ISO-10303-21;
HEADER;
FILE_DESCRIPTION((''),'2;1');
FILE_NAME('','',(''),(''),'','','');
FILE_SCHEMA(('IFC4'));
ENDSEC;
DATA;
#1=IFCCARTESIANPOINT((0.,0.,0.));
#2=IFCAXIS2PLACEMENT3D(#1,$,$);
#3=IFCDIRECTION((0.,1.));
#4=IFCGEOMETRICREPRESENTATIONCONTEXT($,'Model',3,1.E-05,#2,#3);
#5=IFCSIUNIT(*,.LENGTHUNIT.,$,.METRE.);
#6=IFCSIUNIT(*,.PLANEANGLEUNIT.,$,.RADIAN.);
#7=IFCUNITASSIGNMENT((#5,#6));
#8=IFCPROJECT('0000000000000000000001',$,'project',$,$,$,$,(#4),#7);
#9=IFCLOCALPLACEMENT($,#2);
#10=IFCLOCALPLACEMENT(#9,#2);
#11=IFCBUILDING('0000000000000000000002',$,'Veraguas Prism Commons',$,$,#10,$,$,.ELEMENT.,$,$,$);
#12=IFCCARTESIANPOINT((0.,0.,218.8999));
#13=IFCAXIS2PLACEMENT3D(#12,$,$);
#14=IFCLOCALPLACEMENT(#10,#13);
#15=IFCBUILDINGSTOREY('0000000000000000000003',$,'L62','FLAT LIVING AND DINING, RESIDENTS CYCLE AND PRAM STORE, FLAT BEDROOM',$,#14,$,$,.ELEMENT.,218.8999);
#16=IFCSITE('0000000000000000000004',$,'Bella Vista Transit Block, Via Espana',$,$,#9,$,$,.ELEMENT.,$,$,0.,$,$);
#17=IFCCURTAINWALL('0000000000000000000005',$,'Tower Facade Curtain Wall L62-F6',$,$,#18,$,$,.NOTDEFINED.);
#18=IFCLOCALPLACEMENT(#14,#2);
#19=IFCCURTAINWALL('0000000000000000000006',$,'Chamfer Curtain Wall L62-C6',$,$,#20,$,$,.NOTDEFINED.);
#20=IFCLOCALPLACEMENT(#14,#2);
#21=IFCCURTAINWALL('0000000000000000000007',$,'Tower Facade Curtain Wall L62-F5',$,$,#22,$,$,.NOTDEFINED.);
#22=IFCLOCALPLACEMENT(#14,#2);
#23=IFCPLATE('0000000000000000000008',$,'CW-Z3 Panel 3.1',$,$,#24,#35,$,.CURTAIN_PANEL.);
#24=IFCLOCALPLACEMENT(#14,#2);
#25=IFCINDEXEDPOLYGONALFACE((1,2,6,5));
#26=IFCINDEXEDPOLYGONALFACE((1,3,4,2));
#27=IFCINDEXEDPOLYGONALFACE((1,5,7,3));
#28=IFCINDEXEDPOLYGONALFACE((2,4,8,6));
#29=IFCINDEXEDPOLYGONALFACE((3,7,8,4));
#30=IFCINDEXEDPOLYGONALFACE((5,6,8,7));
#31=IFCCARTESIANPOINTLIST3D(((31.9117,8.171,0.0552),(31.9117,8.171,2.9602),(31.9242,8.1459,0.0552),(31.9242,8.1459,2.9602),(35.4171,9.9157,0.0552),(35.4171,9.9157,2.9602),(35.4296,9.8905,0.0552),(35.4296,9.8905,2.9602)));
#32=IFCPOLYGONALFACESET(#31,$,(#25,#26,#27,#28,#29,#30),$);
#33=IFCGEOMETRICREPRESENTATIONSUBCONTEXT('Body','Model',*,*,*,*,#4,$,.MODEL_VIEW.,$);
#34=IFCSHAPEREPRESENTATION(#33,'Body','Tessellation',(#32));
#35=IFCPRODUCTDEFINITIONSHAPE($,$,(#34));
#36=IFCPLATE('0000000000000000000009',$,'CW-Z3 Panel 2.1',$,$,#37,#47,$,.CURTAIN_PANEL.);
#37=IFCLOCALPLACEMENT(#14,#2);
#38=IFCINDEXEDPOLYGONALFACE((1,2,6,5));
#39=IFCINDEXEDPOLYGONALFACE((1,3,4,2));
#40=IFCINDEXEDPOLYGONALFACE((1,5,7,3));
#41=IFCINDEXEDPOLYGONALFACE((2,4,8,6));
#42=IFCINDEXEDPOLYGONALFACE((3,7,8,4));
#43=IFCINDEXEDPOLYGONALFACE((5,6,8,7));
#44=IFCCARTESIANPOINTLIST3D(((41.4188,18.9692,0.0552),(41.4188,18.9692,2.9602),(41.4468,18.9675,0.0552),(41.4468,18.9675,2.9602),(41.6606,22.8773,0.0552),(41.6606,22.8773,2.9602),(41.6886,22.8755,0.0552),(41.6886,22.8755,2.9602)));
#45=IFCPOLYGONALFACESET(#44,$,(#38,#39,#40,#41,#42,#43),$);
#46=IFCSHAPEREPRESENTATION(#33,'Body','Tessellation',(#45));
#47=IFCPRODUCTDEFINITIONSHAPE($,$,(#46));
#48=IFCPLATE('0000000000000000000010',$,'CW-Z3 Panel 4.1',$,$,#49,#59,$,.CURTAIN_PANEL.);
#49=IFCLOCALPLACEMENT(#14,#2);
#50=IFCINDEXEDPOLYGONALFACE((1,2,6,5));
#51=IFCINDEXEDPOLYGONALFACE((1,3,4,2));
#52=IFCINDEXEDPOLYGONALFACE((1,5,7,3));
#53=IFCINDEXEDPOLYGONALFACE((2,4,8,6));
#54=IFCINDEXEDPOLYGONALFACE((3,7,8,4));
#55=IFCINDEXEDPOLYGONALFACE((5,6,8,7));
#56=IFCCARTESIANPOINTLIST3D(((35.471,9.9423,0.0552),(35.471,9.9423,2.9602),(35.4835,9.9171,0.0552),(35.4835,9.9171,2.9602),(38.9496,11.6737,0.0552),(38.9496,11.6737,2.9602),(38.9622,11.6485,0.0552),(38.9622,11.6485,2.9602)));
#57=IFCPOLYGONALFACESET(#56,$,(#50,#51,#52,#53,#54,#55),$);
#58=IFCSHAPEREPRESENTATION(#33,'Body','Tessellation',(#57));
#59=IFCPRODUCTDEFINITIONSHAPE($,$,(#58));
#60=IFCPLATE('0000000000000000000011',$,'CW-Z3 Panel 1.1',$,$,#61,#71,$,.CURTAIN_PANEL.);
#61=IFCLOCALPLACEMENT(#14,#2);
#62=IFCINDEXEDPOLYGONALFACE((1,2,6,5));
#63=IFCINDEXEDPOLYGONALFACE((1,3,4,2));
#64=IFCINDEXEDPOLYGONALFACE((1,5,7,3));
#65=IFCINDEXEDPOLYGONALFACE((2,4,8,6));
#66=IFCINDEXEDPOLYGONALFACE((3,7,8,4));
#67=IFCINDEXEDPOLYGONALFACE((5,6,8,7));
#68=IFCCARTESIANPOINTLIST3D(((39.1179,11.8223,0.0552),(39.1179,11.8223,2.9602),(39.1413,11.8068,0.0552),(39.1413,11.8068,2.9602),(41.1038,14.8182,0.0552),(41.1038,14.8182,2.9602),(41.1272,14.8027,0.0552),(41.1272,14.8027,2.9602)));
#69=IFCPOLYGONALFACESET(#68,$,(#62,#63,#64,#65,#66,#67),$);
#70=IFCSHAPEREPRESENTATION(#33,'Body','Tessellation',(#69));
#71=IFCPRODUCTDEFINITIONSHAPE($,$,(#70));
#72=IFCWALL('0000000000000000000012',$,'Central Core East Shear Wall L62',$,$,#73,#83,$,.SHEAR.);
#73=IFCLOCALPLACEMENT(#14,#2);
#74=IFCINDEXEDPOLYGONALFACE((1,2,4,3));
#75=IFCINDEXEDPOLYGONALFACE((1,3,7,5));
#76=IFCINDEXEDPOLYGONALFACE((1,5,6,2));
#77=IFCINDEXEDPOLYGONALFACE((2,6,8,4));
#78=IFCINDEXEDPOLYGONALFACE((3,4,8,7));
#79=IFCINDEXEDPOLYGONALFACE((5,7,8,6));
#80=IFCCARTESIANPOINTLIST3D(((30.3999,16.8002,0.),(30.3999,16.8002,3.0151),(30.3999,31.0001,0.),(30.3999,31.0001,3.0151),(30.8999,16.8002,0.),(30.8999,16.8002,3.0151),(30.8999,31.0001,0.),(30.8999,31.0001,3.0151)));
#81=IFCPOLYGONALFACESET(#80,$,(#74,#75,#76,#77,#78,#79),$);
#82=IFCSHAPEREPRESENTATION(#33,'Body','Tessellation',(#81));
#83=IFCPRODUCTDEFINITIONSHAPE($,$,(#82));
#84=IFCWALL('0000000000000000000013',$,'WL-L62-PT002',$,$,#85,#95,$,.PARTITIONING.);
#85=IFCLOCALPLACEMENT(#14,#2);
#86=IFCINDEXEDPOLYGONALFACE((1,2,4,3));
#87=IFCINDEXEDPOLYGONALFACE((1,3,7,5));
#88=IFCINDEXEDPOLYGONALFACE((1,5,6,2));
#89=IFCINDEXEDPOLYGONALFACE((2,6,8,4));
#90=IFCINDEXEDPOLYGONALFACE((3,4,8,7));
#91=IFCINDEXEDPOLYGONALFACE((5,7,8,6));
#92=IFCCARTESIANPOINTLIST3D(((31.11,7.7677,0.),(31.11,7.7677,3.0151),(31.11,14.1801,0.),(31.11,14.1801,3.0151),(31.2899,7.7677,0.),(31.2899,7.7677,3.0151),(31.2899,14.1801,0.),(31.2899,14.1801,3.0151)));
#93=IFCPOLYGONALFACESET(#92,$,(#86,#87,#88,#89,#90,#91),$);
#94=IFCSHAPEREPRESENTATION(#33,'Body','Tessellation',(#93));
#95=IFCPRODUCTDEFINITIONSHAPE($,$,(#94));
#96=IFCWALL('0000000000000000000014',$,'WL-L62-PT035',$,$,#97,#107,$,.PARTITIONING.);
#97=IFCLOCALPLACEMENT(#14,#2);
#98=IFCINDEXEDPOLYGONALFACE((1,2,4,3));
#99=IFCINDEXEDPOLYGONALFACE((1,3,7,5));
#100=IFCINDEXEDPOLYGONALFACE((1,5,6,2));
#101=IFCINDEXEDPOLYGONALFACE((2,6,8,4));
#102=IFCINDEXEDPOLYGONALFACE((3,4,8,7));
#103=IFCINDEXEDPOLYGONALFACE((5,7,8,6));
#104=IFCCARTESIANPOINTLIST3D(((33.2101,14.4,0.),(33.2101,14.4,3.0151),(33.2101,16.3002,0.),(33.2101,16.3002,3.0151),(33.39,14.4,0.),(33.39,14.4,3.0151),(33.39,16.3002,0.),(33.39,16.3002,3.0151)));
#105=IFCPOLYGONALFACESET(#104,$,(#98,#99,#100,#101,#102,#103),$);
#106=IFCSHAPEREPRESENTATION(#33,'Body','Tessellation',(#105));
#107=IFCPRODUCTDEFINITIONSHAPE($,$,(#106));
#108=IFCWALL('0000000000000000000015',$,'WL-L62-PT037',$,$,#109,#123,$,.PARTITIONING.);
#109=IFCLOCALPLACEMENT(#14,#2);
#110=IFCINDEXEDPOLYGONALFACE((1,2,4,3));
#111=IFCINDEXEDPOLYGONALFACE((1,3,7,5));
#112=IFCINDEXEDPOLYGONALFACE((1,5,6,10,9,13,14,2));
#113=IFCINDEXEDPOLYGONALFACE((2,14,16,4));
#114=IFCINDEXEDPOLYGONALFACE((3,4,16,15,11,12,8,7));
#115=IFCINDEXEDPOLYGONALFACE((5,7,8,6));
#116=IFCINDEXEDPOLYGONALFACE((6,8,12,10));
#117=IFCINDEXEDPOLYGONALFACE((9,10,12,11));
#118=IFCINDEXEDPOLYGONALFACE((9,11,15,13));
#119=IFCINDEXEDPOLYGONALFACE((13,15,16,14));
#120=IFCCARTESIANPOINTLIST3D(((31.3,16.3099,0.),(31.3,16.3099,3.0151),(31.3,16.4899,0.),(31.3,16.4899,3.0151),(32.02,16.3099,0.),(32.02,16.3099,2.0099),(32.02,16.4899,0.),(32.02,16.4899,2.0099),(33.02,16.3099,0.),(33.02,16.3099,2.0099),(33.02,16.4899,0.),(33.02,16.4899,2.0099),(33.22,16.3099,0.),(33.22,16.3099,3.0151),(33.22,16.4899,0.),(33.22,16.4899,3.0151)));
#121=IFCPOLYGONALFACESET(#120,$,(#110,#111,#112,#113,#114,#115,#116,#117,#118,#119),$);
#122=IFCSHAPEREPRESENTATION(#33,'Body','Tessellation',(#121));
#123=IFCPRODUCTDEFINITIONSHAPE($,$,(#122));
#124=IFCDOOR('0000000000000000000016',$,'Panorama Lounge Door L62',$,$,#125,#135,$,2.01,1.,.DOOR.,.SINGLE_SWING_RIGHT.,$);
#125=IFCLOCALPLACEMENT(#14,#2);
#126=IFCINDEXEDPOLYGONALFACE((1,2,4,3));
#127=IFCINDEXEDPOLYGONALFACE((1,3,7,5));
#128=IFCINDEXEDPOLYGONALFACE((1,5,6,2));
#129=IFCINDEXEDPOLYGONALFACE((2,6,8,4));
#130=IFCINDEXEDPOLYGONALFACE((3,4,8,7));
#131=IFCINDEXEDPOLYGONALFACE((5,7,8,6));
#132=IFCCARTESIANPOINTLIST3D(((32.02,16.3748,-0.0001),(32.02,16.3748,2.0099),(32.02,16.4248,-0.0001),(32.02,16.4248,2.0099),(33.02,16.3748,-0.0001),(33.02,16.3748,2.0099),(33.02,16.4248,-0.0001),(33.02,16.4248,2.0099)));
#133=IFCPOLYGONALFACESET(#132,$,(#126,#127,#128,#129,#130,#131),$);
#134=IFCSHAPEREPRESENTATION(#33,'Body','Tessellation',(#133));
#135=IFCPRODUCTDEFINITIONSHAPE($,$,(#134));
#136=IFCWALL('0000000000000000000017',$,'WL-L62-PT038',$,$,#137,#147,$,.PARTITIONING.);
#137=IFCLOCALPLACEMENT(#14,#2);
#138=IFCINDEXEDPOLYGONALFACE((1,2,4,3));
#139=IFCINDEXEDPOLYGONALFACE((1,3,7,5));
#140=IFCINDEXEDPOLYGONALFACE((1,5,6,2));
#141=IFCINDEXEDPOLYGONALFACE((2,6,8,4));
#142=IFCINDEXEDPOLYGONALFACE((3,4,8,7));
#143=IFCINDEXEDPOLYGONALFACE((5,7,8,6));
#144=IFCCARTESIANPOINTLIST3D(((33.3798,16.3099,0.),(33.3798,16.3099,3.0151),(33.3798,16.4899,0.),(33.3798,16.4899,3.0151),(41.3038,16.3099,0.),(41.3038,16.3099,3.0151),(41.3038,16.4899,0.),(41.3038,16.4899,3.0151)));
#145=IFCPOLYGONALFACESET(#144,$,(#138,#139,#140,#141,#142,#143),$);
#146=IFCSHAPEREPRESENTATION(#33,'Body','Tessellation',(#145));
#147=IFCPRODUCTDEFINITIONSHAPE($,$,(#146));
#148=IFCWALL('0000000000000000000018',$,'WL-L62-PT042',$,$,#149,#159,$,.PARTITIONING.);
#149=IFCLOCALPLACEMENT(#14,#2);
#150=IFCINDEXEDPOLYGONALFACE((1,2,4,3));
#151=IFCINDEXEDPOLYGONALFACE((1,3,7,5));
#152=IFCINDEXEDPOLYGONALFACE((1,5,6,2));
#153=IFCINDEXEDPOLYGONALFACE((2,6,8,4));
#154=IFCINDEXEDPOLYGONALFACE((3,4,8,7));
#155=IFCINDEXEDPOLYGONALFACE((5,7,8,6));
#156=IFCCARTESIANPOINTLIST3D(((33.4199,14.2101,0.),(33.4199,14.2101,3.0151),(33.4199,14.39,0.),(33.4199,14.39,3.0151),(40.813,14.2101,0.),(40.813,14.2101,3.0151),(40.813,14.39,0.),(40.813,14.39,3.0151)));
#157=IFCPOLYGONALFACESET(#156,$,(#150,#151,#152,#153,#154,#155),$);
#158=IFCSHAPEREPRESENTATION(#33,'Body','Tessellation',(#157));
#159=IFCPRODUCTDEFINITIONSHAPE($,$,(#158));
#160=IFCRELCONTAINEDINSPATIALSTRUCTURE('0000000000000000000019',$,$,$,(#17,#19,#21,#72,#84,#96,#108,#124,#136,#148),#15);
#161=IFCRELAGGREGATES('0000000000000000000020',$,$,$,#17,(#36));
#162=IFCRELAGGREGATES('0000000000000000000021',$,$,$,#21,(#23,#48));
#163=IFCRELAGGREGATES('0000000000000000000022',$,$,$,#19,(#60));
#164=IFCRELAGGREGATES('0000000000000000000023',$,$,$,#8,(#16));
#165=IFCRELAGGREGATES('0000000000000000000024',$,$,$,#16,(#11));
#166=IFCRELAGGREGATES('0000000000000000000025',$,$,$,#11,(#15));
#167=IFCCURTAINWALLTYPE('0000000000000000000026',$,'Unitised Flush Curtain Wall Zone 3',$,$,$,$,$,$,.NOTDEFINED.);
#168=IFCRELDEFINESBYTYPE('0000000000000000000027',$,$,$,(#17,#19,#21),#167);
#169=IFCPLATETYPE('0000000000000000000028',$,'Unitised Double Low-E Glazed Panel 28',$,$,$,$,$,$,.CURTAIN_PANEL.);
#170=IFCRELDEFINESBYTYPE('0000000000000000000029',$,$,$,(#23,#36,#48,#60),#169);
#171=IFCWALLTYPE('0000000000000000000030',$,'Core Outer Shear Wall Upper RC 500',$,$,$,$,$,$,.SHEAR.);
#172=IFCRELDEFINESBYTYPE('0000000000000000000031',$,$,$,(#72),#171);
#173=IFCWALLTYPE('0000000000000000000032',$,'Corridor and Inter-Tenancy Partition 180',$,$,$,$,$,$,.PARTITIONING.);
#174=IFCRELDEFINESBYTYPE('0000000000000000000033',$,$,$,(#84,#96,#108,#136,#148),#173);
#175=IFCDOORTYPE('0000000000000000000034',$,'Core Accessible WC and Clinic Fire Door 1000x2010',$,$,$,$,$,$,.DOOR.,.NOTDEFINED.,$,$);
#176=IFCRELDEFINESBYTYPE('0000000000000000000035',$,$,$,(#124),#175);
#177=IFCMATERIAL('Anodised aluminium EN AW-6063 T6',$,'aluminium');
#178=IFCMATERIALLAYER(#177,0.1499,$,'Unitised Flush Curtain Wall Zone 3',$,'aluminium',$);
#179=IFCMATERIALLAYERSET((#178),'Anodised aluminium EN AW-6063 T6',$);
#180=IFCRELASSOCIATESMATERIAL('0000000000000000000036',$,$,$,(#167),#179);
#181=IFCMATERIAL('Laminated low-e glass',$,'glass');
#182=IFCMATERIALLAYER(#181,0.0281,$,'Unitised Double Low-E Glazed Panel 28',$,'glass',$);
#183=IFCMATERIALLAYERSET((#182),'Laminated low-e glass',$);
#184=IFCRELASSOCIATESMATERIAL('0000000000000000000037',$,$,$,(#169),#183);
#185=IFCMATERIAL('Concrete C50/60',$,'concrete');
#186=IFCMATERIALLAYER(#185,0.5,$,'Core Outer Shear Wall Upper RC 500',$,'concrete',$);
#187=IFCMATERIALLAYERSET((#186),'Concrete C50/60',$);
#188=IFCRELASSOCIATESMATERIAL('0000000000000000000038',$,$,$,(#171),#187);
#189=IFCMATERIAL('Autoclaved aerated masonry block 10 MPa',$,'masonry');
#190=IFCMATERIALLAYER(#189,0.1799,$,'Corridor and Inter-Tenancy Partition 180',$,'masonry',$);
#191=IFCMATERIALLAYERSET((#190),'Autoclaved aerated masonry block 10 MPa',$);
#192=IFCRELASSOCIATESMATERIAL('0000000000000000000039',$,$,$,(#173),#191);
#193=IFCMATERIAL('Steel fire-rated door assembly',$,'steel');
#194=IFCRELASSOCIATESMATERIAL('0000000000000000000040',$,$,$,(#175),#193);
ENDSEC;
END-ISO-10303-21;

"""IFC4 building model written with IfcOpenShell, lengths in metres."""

from ifc_helpers import new_model, si_unit, direction, frame, frame_2d, origin, origin_2d, place, context, subcontext, project, spatial, rectangle, extrude, source, transform, mapped, material, layer, layer_set, type_object, element, fill, aggregate, save


model = new_model("IFC4")

# Units and contexts
model_context = context("Model", 3, precision=1e-05, world=origin(), true_north=direction((0.0, 1.0)))
body_context = subcontext(model_context, "Body", "Model", "MODEL_VIEW")
ifc_project = project(units=[si_unit("LENGTHUNIT", "METRE"), si_unit("PLANEANGLEUNIT", "RADIAN")], contexts=[model_context])

# Site, building, storey
site_placement = place(None, origin())
site = spatial("IfcSite", under=ifc_project, at=site_placement, Name="Bella Vista Transit Block, Via Espana", CompositionType="ELEMENT", RefElevation=0.0)
building_placement = place(site_placement, origin())
building = spatial("IfcBuilding", under=site, at=building_placement, Name="Veraguas Prism Commons", CompositionType="ELEMENT")
storey_placement = place(building_placement, frame((0.0, 0.0, 218.8999)))
storey = spatial("IfcBuildingStorey", under=building, at=storey_placement, Name="L62", Description="FLAT LIVING AND DINING, RESIDENTS CYCLE AND PRAM STORE, FLAT BEDROOM", CompositionType="ELEMENT", Elevation=218.8999)

# Shared definitions
ifc_material_1 = material(Name="Concrete C50/60", Category="concrete")

# Curtain walls
ifc_material_2 = material(Name="Anodised aluminium EN AW-6063 T6", Category="aluminium")
ifc_layer_1 = layer(ifc_material_2, 0.1499, Name="Unitised Flush Curtain Wall Zone 3", Category="aluminium")
ifc_layer_set_1 = layer_set([ifc_layer_1], Name="Anodised aluminium EN AW-6063 T6")
curtain_wall_type = type_object("IfcCurtainWallType", Name="Unitised Flush Curtain Wall Zone 3", PredefinedType="NOTDEFINED", material=ifc_layer_set_1)
curtain_wall_1_placement = place(storey_placement, origin())
curtain_wall_1 = element("IfcCurtainWall", 1, at=curtain_wall_1_placement, inside=storey, type_object=curtain_wall_type, Name="Tower Facade Curtain Wall L62-F6", PredefinedType="NOTDEFINED")
curtain_wall_2_placement = place(storey_placement, origin())
curtain_wall_2 = element("IfcCurtainWall", 2, at=curtain_wall_2_placement, inside=storey, type_object=curtain_wall_type, Name="Chamfer Curtain Wall L62-C6", PredefinedType="NOTDEFINED")
curtain_wall_3_placement = place(storey_placement, origin())
curtain_wall_3 = element("IfcCurtainWall", 3, at=curtain_wall_3_placement, inside=storey, type_object=curtain_wall_type, Name="Tower Facade Curtain Wall L62-F5", PredefinedType="NOTDEFINED")

# Plates
ifc_material_3 = material(Name="Laminated low-e glass", Category="glass")
ifc_layer_2 = layer(ifc_material_3, 0.0281, Name="Unitised Double Low-E Glazed Panel 28", Category="glass")
ifc_layer_set_2 = layer_set([ifc_layer_2], Name="Laminated low-e glass")
plate_type = type_object("IfcPlateType", Name="Unitised Double Low-E Glazed Panel 28", PredefinedType="CURTAIN_PANEL", material=ifc_layer_set_2)
shared_shape_1 = source(origin(), body_context, "Body", "SweptSolid", [
    extrude(rectangle(XDim=3.9155, YDim=0.0281, at=origin_2d()), origin(), (0.0, 0.0, 1.0), 2.905),
])
plate_1_placement = place(storey_placement, frame((33.6707, 9.0308, 0.0552), z_axis=(0.0, 0.0, 1.0), x_axis=(0.895243, 0.445578, 0.0)))
plate_1 = element("IfcPlate", 4, at=plate_1_placement, type_object=plate_type, Name="CW-Z3 Panel 3.1", PredefinedType="CURTAIN_PANEL", context=body_context, shape_type="MappedRepresentation", body=[
    mapped(shared_shape_1, transform((0.0, 0.0, 0.0), scale=1.0)),
])
plate_2_placement = place(storey_placement, frame((41.5537, 20.9224, 0.0552), z_axis=(0.0, 0.0, 1.0), x_axis=(0.061745, 0.998092, 0.0)))
plate_2 = element("IfcPlate", 5, at=plate_2_placement, type_object=plate_type, Name="CW-Z3 Panel 2.1", PredefinedType="CURTAIN_PANEL", context=body_context, shape_type="MappedRepresentation", body=[
    mapped(shared_shape_1, transform((0.0, 0.0, 0.0), scale=1.0)),
])
aggregate(curtain_wall_1, [plate_2])
shared_shape_2 = source(origin(), body_context, "Body", "SweptSolid", [
    extrude(rectangle(XDim=3.8857, YDim=0.0281, at=origin_2d()), origin(), (0.0, 0.0, 1.0), 2.905),
])
plate_3_placement = place(storey_placement, frame((37.2166, 10.7954, 0.0552), z_axis=(0.0, 0.0, 1.0), x_axis=(0.895243, 0.445578, 0.0)))
plate_3 = element("IfcPlate", 6, at=plate_3_placement, type_object=plate_type, Name="CW-Z3 Panel 4.1", PredefinedType="CURTAIN_PANEL", context=body_context, shape_type="MappedRepresentation", body=[
    mapped(shared_shape_2, transform((0.0, 0.0, 0.0), scale=1.0)),
])
aggregate(curtain_wall_3, [plate_1, plate_3])
shared_shape_3 = source(origin(), body_context, "Body", "SweptSolid", [
    extrude(rectangle(XDim=3.5942, YDim=0.0281, at=origin_2d()), origin(), (0.0, 0.0, 1.0), 2.905),
])
plate_4_placement = place(storey_placement, frame((40.1226, 13.3125, 0.0552), z_axis=(0.0, 0.0, 1.0), x_axis=(0.552512, 0.833505, 0.0)))
plate_4 = element("IfcPlate", 7, at=plate_4_placement, type_object=plate_type, Name="CW-Z3 Panel 1.1", PredefinedType="CURTAIN_PANEL", context=body_context, shape_type="MappedRepresentation", body=[
    mapped(shared_shape_3, transform((0.0, 0.0, 0.0), scale=1.0)),
])
aggregate(curtain_wall_2, [plate_4])

# Walls
ifc_layer_3 = layer(ifc_material_1, 0.5, Name="Core Outer Shear Wall Upper RC 500", Category="concrete")
ifc_layer_set_3 = layer_set([ifc_layer_3], Name="Concrete C50/60")
wall_type_1 = type_object("IfcWallType", Name="Core Outer Shear Wall Upper RC 500", PredefinedType="SHEAR", material=ifc_layer_set_3)
wall_1_placement = place(storey_placement, frame((30.6499, 16.8, 0.0), z_axis=(0.0, 0.0, 1.0), x_axis=(0.0, 1.0, 0.0)))
element("IfcWall", 8, at=wall_1_placement, inside=storey, type_object=wall_type_1, Name="Central Core East Shear Wall L62", PredefinedType="SHEAR", context=body_context, shape_type="SweptSolid", body=[
    extrude(rectangle(XDim=14.2, YDim=0.5, at=frame_2d((7.1001, 0.0))), origin(), (0.0, 0.0, 1.0), 3.0151),
])
ifc_material_4 = material(Name="Autoclaved aerated masonry block 10 MPa", Category="masonry")
ifc_layer_4 = layer(ifc_material_4, 0.1799, Name="Corridor and Inter-Tenancy Partition 180", Category="masonry")
ifc_layer_set_4 = layer_set([ifc_layer_4], Name="Autoclaved aerated masonry block 10 MPa")
wall_type_2 = type_object("IfcWallType", Name="Corridor and Inter-Tenancy Partition 180", PredefinedType="PARTITIONING", material=ifc_layer_set_4)
wall_2_placement = place(storey_placement, frame((31.2, 14.1799, 0.0), z_axis=(0.0, 0.0, 1.0), x_axis=(0.0, -1.0, 0.0)))
element("IfcWall", 9, at=wall_2_placement, inside=storey, type_object=wall_type_2, Name="WL-L62-PT002", PredefinedType="PARTITIONING", context=body_context, shape_type="SweptSolid", body=[
    extrude(rectangle(XDim=6.4124, YDim=0.1799, at=frame_2d((3.2061, 0.0))), origin(), (0.0, 0.0, 1.0), 3.0151),
])
wall_3_placement = place(storey_placement, frame((33.3, 14.3999, 0.0), z_axis=(0.0, 0.0, 1.0), x_axis=(0.0, 1.0, 0.0)))
element("IfcWall", 10, at=wall_3_placement, inside=storey, type_object=wall_type_2, Name="WL-L62-PT035", PredefinedType="PARTITIONING", context=body_context, shape_type="SweptSolid", body=[
    extrude(rectangle(XDim=1.9001, YDim=0.1799, at=frame_2d((0.9502, 0.0))), origin(), (0.0, 0.0, 1.0), 3.0151),
])

# Wall, opening, door
wall_4_placement = place(storey_placement, frame((31.3, 16.3999, 0.0), z_axis=(0.0, 0.0, 1.0), x_axis=(1.0, 0.0, 0.0)))
wall_4 = element("IfcWall", 11, at=wall_4_placement, inside=storey, type_object=wall_type_2, Name="WL-L62-PT037", PredefinedType="PARTITIONING", context=body_context, shape_type="SweptSolid", body=[
    extrude(rectangle(XDim=1.9199, YDim=0.1799, at=frame_2d((0.96, 0.0))), origin(), (0.0, 0.0, 1.0), 3.0151),
])
opening_1_placement = place(wall_4_placement, frame((0.72, 0.0, 0.0)))
opening_1 = element("IfcOpeningElement", 12, at=opening_1_placement, cuts=wall_4, PredefinedType="OPENING", context=body_context, shape_type="SweptSolid", body=[
    extrude(rectangle(XDim=1.0, YDim=2.01, at=frame_2d((0.5, 1.0049))), frame((0.0, 0.0999, 0.0), z_axis=(0.0, -1.0, 0.0), x_axis=(1.0, 0.0, 0.0)), (0.0, 0.0, 1.0), 0.2),
])
ifc_material_5 = material(Name="Steel fire-rated door assembly", Category="steel")
door_type_1 = type_object("IfcDoorType", Name="Core Accessible WC and Clinic Fire Door 1000x2010", OperationType="NOTDEFINED", PredefinedType="DOOR", material=ifc_material_5)
shared_shape_4 = source(origin(), body_context, "Body", "SweptSolid", [
    extrude(rectangle(XDim=1.0, YDim=2.01, at=frame_2d((0.5, 1.0049))), frame((0.0, 0.0249, 0.0), z_axis=(0.0, -1.0, 0.0), x_axis=(1.0, 0.0, 0.0)), (0.0, 0.0, 1.0), 0.05),
])
door_1_placement = place(opening_1_placement, origin())
door_1 = element("IfcDoor", 13, at=door_1_placement, inside=storey, type_object=door_type_1, Name="Panorama Lounge Door L62", OperationType="SINGLE_SWING_RIGHT", OverallHeight=2.01, OverallWidth=1.0, PredefinedType="DOOR", context=body_context, shape_type="MappedRepresentation", body=[
    mapped(shared_shape_4, transform((0.0, 0.0, 0.0), scale=1.0)),
])
fill(opening_1, door_1)

# Walls
wall_5_placement = place(storey_placement, frame((33.3799, 16.3999, 0.0), z_axis=(0.0, 0.0, 1.0), x_axis=(1.0, 0.0, 0.0)))
element("IfcWall", 14, at=wall_5_placement, inside=storey, type_object=wall_type_2, Name="WL-L62-PT038", PredefinedType="PARTITIONING", context=body_context, shape_type="SweptSolid", body=[
    extrude(rectangle(XDim=7.9241, YDim=0.1799, at=frame_2d((3.9619, 0.0))), origin(), (0.0, 0.0, 1.0), 3.0151),
])
wall_6_placement = place(storey_placement, frame((33.4199, 14.3, 0.0), z_axis=(0.0, 0.0, 1.0), x_axis=(1.0, 0.0, 0.0)))
element("IfcWall", 15, at=wall_6_placement, inside=storey, type_object=wall_type_2, Name="WL-L62-PT042", PredefinedType="PARTITIONING", context=body_context, shape_type="SweptSolid", body=[
    extrude(rectangle(XDim=7.3931, YDim=0.1799, at=frame_2d((3.6965, 0.0))), origin(), (0.0, 0.0, 1.0), 3.0151),
])

save(model, "model.ifc")
